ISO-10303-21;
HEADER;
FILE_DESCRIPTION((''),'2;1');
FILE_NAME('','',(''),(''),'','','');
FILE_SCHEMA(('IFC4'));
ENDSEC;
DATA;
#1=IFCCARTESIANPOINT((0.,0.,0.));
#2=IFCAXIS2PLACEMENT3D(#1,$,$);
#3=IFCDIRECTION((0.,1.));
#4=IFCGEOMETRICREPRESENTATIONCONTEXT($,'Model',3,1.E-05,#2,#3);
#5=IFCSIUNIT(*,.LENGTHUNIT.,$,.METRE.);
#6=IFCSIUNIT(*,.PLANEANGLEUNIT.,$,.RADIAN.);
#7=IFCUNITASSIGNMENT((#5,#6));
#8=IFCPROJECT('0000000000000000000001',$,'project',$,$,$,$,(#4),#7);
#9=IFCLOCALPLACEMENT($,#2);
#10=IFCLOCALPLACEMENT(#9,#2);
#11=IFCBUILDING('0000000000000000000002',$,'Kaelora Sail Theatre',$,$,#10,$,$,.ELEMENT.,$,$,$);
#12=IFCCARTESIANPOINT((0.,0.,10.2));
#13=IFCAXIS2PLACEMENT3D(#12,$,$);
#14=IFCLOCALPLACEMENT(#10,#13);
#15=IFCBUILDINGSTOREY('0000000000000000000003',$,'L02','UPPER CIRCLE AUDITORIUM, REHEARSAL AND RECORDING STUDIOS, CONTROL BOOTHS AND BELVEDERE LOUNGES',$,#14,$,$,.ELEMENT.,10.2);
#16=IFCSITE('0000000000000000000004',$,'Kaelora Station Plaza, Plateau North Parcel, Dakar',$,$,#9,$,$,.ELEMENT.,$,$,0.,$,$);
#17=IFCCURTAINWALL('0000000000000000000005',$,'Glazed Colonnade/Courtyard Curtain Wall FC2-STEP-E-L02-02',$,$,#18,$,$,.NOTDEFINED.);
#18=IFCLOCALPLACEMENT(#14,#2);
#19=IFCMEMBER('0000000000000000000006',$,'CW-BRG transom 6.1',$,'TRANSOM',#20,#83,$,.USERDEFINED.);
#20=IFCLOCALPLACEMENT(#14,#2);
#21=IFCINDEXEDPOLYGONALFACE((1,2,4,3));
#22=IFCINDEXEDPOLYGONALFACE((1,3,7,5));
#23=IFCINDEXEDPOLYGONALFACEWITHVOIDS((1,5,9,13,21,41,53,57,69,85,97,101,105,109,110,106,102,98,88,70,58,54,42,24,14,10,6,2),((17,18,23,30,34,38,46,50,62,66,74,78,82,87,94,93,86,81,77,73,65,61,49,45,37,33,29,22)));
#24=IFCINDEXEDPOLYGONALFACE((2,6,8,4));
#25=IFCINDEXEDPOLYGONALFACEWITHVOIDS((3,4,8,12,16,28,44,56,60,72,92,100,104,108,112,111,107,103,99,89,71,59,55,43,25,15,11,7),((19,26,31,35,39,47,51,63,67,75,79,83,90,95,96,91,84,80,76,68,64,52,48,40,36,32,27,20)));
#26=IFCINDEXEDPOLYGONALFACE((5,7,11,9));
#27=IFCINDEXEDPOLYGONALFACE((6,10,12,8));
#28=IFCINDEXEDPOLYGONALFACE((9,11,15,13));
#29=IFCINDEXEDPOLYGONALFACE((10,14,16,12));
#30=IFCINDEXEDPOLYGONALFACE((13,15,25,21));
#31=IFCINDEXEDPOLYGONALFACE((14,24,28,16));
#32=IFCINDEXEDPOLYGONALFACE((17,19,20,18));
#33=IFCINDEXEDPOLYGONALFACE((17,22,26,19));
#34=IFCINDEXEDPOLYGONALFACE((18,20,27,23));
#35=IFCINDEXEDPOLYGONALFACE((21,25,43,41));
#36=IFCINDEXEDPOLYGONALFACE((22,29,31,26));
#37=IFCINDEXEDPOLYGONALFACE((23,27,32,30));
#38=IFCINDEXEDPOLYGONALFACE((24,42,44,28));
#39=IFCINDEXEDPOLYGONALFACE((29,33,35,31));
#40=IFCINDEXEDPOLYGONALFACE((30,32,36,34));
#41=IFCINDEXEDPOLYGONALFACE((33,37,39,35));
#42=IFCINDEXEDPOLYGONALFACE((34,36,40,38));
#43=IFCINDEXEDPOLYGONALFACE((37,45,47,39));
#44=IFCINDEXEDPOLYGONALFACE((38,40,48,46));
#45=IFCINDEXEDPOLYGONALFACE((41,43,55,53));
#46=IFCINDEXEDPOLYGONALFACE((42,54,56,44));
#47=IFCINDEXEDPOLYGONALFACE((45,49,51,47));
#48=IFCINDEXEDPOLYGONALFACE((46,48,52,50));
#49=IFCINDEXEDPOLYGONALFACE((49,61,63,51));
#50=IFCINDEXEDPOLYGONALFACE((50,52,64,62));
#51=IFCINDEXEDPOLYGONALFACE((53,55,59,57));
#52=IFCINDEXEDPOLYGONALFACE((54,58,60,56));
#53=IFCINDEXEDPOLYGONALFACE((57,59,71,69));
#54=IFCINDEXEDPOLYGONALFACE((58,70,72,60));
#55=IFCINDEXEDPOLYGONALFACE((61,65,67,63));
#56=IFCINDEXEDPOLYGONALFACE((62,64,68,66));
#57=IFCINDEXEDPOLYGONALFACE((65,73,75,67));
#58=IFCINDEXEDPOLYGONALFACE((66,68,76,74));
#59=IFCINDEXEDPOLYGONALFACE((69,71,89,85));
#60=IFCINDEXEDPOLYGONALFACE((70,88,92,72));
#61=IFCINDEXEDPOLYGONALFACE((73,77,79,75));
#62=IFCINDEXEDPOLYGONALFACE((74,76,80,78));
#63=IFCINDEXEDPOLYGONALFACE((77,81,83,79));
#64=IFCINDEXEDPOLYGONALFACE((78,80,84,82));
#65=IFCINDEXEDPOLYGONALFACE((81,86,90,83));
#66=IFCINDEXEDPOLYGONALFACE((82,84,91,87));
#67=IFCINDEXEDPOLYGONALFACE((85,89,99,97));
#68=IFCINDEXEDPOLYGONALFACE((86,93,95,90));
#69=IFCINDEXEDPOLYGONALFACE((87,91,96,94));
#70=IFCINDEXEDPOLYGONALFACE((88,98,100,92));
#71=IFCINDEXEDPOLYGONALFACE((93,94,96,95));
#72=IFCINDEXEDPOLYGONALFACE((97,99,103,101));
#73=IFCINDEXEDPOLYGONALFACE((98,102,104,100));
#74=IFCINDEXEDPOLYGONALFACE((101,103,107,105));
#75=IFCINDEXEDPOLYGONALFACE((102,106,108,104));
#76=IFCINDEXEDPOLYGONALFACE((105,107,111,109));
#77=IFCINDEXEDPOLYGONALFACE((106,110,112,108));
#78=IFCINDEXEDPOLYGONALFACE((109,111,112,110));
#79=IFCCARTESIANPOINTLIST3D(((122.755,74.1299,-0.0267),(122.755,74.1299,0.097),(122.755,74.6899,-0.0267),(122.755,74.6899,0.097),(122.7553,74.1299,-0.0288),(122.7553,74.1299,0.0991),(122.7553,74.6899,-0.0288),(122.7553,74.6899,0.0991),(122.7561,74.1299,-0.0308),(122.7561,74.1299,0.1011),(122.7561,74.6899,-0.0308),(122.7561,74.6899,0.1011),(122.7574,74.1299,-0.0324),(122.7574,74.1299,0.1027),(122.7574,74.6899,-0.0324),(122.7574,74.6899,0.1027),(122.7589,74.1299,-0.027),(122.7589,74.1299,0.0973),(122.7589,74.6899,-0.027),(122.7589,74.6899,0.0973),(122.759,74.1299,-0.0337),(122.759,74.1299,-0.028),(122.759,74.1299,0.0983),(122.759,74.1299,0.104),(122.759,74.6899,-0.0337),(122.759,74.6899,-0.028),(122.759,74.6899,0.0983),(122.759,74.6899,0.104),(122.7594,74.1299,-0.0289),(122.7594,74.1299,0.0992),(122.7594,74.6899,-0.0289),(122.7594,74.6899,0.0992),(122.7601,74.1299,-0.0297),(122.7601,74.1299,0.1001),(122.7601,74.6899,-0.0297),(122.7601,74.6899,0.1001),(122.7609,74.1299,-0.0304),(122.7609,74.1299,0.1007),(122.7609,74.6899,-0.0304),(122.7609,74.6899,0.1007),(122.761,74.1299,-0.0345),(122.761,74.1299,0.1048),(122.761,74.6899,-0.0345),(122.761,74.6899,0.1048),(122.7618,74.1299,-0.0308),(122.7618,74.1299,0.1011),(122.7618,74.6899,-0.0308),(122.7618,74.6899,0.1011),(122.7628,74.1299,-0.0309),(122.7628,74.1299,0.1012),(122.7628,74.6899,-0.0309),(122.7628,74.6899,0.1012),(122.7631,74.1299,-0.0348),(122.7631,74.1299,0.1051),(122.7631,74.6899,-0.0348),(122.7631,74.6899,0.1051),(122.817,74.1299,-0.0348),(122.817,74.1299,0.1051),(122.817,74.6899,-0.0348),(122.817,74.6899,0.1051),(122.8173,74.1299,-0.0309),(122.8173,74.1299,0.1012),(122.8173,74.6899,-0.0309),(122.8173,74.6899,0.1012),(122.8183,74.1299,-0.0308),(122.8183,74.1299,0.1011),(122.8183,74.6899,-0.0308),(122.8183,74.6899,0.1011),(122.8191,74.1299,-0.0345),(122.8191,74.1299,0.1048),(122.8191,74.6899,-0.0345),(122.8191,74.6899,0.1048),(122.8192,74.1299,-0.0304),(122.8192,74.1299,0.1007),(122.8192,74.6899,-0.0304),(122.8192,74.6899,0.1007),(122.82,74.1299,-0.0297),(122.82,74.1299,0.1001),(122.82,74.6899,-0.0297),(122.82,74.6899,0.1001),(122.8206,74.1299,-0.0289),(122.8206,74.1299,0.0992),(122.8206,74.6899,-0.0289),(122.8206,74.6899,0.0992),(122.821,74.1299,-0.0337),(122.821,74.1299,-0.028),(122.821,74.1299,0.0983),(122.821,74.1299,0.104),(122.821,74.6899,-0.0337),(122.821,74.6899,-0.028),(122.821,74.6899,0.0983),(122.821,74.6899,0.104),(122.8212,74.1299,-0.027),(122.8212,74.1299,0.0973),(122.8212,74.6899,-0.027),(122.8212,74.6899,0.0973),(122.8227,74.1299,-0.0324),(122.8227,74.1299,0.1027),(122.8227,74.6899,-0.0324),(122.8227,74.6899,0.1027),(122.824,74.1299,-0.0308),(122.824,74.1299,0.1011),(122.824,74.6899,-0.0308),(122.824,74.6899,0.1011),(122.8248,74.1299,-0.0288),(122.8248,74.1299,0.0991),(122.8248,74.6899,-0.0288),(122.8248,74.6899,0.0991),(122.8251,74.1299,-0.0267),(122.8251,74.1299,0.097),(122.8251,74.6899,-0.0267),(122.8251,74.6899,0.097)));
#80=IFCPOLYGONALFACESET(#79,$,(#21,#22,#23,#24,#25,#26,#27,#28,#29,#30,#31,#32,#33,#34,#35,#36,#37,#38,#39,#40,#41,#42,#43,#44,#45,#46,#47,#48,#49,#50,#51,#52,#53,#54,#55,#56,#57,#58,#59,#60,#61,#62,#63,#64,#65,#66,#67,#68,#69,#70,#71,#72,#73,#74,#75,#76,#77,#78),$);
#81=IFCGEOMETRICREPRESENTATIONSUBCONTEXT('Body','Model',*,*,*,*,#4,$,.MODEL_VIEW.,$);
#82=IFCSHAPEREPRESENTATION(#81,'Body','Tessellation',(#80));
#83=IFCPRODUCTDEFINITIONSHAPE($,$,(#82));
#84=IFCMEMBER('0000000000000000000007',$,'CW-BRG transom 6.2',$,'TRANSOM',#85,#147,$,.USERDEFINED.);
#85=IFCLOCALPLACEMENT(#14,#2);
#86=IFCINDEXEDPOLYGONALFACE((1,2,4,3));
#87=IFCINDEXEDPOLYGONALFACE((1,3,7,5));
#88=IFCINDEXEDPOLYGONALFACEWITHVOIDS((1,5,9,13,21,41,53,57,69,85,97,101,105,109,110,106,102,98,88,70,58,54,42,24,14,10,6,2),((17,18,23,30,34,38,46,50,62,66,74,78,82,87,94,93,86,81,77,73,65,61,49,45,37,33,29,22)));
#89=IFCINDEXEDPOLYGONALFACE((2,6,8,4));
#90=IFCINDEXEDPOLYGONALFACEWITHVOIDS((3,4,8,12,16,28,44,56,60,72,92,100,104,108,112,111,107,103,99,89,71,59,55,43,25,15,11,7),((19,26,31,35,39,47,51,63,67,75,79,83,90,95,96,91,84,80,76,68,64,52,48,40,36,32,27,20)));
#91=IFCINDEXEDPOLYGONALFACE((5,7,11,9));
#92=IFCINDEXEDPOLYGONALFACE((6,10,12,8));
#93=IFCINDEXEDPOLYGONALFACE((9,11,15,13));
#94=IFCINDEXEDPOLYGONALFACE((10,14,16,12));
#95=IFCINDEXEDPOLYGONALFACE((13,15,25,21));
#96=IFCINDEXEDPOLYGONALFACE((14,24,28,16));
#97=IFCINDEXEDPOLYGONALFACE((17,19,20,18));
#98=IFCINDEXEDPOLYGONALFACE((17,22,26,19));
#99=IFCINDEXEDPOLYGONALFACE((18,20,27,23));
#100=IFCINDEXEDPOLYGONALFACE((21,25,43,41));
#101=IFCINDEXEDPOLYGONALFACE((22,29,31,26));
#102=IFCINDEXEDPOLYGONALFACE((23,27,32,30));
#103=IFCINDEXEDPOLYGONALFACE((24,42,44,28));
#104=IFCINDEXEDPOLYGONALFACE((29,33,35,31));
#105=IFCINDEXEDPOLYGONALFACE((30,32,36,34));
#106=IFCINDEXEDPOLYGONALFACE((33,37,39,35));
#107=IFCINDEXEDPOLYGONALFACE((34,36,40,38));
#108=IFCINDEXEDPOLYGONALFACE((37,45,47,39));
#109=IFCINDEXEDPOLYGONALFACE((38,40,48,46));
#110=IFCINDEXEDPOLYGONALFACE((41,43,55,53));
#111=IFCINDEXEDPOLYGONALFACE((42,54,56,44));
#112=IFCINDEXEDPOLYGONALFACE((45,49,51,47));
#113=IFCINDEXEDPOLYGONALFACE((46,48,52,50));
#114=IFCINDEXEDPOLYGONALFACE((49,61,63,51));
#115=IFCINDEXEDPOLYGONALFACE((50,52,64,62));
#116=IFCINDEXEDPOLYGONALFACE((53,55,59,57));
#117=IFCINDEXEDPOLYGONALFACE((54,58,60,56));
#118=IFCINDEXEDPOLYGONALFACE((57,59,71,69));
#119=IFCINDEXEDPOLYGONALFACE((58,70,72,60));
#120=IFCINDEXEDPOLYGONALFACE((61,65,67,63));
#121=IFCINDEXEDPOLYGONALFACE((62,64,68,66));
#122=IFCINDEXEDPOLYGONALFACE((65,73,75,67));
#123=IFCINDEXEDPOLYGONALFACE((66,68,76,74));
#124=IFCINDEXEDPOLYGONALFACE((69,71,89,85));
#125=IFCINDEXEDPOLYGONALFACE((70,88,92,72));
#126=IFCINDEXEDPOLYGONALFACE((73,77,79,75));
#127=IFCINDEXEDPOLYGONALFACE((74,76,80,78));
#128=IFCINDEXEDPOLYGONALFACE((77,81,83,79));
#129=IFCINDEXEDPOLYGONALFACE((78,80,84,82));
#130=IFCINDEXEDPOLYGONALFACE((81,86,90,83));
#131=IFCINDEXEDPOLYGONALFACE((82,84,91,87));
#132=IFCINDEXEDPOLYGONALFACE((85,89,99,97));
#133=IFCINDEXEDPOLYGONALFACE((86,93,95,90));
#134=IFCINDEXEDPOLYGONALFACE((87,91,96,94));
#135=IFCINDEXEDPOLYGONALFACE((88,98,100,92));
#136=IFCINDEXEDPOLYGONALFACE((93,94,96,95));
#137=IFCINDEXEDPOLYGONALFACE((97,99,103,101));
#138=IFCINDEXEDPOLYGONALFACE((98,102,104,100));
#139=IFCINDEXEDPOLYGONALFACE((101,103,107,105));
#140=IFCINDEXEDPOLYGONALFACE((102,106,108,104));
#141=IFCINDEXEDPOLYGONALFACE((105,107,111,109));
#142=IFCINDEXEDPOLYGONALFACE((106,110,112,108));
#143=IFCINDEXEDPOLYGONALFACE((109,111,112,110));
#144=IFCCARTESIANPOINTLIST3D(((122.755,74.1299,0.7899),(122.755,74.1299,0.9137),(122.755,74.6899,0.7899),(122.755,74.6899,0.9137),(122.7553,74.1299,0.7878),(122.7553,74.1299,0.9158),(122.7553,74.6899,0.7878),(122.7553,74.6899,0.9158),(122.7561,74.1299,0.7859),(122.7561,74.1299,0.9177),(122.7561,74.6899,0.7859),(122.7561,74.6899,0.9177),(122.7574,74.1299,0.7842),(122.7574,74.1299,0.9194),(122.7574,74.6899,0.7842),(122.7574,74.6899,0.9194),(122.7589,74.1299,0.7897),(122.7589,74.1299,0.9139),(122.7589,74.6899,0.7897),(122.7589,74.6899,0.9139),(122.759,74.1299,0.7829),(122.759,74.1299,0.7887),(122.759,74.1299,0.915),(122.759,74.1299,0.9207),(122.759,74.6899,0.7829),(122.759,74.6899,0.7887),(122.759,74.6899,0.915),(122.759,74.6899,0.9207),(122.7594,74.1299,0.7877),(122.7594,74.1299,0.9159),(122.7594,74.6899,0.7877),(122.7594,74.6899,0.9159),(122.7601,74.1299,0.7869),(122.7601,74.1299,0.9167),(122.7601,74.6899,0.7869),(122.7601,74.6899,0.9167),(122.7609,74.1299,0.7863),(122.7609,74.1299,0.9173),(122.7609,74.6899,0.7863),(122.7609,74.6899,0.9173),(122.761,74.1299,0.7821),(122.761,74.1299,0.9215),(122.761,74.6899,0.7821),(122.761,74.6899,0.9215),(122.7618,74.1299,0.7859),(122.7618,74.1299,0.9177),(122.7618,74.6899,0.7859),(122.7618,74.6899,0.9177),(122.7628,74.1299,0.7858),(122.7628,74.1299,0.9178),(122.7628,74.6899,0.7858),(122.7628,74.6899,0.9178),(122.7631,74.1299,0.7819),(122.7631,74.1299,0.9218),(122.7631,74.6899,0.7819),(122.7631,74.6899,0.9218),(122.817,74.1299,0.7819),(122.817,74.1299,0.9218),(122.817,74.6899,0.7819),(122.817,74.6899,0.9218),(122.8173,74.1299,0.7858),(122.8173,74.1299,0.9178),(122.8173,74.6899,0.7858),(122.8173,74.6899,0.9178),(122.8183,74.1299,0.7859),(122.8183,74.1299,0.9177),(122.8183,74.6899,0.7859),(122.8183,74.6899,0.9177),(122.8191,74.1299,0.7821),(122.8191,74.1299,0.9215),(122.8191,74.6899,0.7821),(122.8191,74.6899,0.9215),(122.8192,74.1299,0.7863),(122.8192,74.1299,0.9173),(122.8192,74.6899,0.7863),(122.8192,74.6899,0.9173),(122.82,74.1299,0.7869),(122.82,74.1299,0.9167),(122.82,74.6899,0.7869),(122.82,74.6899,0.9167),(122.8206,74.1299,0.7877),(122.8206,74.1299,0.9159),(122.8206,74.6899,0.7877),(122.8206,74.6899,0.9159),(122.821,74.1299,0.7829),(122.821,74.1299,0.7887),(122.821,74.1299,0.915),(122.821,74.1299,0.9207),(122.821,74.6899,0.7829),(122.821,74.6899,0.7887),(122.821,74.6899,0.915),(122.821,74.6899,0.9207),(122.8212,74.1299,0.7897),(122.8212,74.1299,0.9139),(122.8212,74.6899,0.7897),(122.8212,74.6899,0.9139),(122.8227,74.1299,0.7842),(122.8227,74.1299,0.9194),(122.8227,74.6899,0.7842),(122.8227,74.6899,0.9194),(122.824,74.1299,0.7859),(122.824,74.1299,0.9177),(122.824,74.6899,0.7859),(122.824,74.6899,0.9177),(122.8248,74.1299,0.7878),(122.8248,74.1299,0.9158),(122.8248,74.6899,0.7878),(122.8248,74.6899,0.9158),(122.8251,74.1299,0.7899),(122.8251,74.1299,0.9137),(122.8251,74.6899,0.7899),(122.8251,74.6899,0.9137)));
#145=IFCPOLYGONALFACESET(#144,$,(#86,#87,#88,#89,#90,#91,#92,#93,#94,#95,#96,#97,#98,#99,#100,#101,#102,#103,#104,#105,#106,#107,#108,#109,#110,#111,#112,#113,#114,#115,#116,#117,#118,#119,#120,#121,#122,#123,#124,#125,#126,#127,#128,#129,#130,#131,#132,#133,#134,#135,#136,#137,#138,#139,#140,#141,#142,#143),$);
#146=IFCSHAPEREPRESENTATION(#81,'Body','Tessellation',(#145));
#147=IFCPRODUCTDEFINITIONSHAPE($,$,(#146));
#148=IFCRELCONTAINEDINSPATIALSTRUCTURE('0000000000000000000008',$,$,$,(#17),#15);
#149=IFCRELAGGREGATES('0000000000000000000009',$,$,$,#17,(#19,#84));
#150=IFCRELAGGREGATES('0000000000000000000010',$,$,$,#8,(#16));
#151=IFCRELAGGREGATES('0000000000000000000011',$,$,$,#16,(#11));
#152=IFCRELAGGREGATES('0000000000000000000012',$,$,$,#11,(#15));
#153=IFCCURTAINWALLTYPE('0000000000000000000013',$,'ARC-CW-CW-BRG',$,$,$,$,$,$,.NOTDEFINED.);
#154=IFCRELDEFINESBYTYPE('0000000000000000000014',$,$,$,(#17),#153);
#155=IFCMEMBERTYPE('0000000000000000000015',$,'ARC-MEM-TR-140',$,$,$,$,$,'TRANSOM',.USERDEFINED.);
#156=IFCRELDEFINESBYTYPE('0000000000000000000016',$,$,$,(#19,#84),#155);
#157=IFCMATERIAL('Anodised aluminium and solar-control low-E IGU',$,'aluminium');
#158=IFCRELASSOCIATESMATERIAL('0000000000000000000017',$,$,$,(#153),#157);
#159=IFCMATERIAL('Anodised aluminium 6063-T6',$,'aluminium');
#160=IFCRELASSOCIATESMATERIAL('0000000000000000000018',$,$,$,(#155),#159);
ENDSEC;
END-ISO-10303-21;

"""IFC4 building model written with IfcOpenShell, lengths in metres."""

from ifc_helpers import new_model, si_unit, direction, frame, origin, origin_2d, place, context, subcontext, project, spatial, hollow_rectangle, extrude, material, material_profile, profile_set, type_object, element, aggregate, save


model = new_model("IFC4")

# Units and contexts
model_context = context("Model", 3, precision=1e-05, world=origin(), true_north=direction((0.0, 1.0)))
body_context = subcontext(model_context, "Body", "Model", "MODEL_VIEW")
ifc_project = project(units=[si_unit("LENGTHUNIT", "METRE"), si_unit("PLANEANGLEUNIT", "RADIAN")], contexts=[model_context])

# Site, building, storey
site_placement = place(None, origin())
site = spatial("IfcSite", under=ifc_project, at=site_placement, Name="Kaelora Station Plaza, Plateau North Parcel, Dakar", CompositionType="ELEMENT", RefElevation=0.0)
building_placement = place(site_placement, origin())
building = spatial("IfcBuilding", under=site, at=building_placement, Name="Kaelora Sail Theatre", CompositionType="ELEMENT")
storey_placement = place(building_placement, frame((0.0, 0.0, 10.2)))
storey = spatial("IfcBuildingStorey", under=building, at=storey_placement, Name="L02", Description="UPPER CIRCLE AUDITORIUM, REHEARSAL AND RECORDING STUDIOS, CONTROL BOOTHS AND BELVEDERE LOUNGES", CompositionType="ELEMENT", Elevation=10.2)

# Curtain wall
ifc_material_1 = material(Name="Anodised aluminium and solar-control low-E IGU", Category="aluminium")
curtain_wall_type = type_object("IfcCurtainWallType", Name="ARC-CW-CW-BRG", PredefinedType="NOTDEFINED", material=ifc_material_1)
curtain_wall_1_placement = place(storey_placement, origin())
curtain_wall_1 = element("IfcCurtainWall", 1, at=curtain_wall_1_placement, inside=storey, type_object=curtain_wall_type, Name="Glazed Colonnade/Courtyard Curtain Wall FC2-STEP-E-L02-02", PredefinedType="NOTDEFINED")

# Members
ifc_material_2 = material(Name="Anodised aluminium 6063-T6", Category="aluminium")
ifc_material_profile_1 = material_profile(ifc_material_2, hollow_rectangle(XDim=0.0701, YDim=0.1399, WallThickness=0.0039, InnerFilletRadius=0.0039, OuterFilletRadius=0.0081, at=origin_2d()), Name="ALU-TRAN 70x140x4")
ifc_profile_set_1 = profile_set([ifc_material_profile_1], Name="Anodised aluminium 6063-T6")
member_type_1 = type_object("IfcMemberType", Name="ARC-MEM-TR-140", ElementType="TRANSOM", PredefinedType="USERDEFINED", material=ifc_profile_set_1)
member_1_placement = place(storey_placement, frame((122.79, 74.1299, 0.0352), z_axis=(0.0, 1.0, 0.0), x_axis=(-1.0, 0.0, 0.0)))
member_1 = element("IfcMember", 2, at=member_1_placement, type_object=member_type_1, Name="CW-BRG transom 6.1", ObjectType="TRANSOM", PredefinedType="USERDEFINED", context=body_context, shape_type="SweptSolid", body=[
    extrude(hollow_rectangle(XDim=0.0701, YDim=0.1399, WallThickness=0.0039, InnerFilletRadius=0.0039, OuterFilletRadius=0.0081, at=origin_2d()), origin(), (0.0, 0.0, 1.0), 0.5601),
])
member_2_placement = place(storey_placement, frame((122.79, 74.1299, 0.8518), z_axis=(0.0, 1.0, 0.0), x_axis=(-1.0, 0.0, 0.0)))
member_2 = element("IfcMember", 3, at=member_2_placement, type_object=member_type_1, Name="CW-BRG transom 6.2", ObjectType="TRANSOM", PredefinedType="USERDEFINED", context=body_context, shape_type="SweptSolid", body=[
    extrude(hollow_rectangle(XDim=0.0701, YDim=0.1399, WallThickness=0.0039, InnerFilletRadius=0.0039, OuterFilletRadius=0.0081, at=origin_2d()), origin(), (0.0, 0.0, 1.0), 0.5601),
])

aggregate(curtain_wall_1, [member_1, member_2])

save(model, "model.ifc")
